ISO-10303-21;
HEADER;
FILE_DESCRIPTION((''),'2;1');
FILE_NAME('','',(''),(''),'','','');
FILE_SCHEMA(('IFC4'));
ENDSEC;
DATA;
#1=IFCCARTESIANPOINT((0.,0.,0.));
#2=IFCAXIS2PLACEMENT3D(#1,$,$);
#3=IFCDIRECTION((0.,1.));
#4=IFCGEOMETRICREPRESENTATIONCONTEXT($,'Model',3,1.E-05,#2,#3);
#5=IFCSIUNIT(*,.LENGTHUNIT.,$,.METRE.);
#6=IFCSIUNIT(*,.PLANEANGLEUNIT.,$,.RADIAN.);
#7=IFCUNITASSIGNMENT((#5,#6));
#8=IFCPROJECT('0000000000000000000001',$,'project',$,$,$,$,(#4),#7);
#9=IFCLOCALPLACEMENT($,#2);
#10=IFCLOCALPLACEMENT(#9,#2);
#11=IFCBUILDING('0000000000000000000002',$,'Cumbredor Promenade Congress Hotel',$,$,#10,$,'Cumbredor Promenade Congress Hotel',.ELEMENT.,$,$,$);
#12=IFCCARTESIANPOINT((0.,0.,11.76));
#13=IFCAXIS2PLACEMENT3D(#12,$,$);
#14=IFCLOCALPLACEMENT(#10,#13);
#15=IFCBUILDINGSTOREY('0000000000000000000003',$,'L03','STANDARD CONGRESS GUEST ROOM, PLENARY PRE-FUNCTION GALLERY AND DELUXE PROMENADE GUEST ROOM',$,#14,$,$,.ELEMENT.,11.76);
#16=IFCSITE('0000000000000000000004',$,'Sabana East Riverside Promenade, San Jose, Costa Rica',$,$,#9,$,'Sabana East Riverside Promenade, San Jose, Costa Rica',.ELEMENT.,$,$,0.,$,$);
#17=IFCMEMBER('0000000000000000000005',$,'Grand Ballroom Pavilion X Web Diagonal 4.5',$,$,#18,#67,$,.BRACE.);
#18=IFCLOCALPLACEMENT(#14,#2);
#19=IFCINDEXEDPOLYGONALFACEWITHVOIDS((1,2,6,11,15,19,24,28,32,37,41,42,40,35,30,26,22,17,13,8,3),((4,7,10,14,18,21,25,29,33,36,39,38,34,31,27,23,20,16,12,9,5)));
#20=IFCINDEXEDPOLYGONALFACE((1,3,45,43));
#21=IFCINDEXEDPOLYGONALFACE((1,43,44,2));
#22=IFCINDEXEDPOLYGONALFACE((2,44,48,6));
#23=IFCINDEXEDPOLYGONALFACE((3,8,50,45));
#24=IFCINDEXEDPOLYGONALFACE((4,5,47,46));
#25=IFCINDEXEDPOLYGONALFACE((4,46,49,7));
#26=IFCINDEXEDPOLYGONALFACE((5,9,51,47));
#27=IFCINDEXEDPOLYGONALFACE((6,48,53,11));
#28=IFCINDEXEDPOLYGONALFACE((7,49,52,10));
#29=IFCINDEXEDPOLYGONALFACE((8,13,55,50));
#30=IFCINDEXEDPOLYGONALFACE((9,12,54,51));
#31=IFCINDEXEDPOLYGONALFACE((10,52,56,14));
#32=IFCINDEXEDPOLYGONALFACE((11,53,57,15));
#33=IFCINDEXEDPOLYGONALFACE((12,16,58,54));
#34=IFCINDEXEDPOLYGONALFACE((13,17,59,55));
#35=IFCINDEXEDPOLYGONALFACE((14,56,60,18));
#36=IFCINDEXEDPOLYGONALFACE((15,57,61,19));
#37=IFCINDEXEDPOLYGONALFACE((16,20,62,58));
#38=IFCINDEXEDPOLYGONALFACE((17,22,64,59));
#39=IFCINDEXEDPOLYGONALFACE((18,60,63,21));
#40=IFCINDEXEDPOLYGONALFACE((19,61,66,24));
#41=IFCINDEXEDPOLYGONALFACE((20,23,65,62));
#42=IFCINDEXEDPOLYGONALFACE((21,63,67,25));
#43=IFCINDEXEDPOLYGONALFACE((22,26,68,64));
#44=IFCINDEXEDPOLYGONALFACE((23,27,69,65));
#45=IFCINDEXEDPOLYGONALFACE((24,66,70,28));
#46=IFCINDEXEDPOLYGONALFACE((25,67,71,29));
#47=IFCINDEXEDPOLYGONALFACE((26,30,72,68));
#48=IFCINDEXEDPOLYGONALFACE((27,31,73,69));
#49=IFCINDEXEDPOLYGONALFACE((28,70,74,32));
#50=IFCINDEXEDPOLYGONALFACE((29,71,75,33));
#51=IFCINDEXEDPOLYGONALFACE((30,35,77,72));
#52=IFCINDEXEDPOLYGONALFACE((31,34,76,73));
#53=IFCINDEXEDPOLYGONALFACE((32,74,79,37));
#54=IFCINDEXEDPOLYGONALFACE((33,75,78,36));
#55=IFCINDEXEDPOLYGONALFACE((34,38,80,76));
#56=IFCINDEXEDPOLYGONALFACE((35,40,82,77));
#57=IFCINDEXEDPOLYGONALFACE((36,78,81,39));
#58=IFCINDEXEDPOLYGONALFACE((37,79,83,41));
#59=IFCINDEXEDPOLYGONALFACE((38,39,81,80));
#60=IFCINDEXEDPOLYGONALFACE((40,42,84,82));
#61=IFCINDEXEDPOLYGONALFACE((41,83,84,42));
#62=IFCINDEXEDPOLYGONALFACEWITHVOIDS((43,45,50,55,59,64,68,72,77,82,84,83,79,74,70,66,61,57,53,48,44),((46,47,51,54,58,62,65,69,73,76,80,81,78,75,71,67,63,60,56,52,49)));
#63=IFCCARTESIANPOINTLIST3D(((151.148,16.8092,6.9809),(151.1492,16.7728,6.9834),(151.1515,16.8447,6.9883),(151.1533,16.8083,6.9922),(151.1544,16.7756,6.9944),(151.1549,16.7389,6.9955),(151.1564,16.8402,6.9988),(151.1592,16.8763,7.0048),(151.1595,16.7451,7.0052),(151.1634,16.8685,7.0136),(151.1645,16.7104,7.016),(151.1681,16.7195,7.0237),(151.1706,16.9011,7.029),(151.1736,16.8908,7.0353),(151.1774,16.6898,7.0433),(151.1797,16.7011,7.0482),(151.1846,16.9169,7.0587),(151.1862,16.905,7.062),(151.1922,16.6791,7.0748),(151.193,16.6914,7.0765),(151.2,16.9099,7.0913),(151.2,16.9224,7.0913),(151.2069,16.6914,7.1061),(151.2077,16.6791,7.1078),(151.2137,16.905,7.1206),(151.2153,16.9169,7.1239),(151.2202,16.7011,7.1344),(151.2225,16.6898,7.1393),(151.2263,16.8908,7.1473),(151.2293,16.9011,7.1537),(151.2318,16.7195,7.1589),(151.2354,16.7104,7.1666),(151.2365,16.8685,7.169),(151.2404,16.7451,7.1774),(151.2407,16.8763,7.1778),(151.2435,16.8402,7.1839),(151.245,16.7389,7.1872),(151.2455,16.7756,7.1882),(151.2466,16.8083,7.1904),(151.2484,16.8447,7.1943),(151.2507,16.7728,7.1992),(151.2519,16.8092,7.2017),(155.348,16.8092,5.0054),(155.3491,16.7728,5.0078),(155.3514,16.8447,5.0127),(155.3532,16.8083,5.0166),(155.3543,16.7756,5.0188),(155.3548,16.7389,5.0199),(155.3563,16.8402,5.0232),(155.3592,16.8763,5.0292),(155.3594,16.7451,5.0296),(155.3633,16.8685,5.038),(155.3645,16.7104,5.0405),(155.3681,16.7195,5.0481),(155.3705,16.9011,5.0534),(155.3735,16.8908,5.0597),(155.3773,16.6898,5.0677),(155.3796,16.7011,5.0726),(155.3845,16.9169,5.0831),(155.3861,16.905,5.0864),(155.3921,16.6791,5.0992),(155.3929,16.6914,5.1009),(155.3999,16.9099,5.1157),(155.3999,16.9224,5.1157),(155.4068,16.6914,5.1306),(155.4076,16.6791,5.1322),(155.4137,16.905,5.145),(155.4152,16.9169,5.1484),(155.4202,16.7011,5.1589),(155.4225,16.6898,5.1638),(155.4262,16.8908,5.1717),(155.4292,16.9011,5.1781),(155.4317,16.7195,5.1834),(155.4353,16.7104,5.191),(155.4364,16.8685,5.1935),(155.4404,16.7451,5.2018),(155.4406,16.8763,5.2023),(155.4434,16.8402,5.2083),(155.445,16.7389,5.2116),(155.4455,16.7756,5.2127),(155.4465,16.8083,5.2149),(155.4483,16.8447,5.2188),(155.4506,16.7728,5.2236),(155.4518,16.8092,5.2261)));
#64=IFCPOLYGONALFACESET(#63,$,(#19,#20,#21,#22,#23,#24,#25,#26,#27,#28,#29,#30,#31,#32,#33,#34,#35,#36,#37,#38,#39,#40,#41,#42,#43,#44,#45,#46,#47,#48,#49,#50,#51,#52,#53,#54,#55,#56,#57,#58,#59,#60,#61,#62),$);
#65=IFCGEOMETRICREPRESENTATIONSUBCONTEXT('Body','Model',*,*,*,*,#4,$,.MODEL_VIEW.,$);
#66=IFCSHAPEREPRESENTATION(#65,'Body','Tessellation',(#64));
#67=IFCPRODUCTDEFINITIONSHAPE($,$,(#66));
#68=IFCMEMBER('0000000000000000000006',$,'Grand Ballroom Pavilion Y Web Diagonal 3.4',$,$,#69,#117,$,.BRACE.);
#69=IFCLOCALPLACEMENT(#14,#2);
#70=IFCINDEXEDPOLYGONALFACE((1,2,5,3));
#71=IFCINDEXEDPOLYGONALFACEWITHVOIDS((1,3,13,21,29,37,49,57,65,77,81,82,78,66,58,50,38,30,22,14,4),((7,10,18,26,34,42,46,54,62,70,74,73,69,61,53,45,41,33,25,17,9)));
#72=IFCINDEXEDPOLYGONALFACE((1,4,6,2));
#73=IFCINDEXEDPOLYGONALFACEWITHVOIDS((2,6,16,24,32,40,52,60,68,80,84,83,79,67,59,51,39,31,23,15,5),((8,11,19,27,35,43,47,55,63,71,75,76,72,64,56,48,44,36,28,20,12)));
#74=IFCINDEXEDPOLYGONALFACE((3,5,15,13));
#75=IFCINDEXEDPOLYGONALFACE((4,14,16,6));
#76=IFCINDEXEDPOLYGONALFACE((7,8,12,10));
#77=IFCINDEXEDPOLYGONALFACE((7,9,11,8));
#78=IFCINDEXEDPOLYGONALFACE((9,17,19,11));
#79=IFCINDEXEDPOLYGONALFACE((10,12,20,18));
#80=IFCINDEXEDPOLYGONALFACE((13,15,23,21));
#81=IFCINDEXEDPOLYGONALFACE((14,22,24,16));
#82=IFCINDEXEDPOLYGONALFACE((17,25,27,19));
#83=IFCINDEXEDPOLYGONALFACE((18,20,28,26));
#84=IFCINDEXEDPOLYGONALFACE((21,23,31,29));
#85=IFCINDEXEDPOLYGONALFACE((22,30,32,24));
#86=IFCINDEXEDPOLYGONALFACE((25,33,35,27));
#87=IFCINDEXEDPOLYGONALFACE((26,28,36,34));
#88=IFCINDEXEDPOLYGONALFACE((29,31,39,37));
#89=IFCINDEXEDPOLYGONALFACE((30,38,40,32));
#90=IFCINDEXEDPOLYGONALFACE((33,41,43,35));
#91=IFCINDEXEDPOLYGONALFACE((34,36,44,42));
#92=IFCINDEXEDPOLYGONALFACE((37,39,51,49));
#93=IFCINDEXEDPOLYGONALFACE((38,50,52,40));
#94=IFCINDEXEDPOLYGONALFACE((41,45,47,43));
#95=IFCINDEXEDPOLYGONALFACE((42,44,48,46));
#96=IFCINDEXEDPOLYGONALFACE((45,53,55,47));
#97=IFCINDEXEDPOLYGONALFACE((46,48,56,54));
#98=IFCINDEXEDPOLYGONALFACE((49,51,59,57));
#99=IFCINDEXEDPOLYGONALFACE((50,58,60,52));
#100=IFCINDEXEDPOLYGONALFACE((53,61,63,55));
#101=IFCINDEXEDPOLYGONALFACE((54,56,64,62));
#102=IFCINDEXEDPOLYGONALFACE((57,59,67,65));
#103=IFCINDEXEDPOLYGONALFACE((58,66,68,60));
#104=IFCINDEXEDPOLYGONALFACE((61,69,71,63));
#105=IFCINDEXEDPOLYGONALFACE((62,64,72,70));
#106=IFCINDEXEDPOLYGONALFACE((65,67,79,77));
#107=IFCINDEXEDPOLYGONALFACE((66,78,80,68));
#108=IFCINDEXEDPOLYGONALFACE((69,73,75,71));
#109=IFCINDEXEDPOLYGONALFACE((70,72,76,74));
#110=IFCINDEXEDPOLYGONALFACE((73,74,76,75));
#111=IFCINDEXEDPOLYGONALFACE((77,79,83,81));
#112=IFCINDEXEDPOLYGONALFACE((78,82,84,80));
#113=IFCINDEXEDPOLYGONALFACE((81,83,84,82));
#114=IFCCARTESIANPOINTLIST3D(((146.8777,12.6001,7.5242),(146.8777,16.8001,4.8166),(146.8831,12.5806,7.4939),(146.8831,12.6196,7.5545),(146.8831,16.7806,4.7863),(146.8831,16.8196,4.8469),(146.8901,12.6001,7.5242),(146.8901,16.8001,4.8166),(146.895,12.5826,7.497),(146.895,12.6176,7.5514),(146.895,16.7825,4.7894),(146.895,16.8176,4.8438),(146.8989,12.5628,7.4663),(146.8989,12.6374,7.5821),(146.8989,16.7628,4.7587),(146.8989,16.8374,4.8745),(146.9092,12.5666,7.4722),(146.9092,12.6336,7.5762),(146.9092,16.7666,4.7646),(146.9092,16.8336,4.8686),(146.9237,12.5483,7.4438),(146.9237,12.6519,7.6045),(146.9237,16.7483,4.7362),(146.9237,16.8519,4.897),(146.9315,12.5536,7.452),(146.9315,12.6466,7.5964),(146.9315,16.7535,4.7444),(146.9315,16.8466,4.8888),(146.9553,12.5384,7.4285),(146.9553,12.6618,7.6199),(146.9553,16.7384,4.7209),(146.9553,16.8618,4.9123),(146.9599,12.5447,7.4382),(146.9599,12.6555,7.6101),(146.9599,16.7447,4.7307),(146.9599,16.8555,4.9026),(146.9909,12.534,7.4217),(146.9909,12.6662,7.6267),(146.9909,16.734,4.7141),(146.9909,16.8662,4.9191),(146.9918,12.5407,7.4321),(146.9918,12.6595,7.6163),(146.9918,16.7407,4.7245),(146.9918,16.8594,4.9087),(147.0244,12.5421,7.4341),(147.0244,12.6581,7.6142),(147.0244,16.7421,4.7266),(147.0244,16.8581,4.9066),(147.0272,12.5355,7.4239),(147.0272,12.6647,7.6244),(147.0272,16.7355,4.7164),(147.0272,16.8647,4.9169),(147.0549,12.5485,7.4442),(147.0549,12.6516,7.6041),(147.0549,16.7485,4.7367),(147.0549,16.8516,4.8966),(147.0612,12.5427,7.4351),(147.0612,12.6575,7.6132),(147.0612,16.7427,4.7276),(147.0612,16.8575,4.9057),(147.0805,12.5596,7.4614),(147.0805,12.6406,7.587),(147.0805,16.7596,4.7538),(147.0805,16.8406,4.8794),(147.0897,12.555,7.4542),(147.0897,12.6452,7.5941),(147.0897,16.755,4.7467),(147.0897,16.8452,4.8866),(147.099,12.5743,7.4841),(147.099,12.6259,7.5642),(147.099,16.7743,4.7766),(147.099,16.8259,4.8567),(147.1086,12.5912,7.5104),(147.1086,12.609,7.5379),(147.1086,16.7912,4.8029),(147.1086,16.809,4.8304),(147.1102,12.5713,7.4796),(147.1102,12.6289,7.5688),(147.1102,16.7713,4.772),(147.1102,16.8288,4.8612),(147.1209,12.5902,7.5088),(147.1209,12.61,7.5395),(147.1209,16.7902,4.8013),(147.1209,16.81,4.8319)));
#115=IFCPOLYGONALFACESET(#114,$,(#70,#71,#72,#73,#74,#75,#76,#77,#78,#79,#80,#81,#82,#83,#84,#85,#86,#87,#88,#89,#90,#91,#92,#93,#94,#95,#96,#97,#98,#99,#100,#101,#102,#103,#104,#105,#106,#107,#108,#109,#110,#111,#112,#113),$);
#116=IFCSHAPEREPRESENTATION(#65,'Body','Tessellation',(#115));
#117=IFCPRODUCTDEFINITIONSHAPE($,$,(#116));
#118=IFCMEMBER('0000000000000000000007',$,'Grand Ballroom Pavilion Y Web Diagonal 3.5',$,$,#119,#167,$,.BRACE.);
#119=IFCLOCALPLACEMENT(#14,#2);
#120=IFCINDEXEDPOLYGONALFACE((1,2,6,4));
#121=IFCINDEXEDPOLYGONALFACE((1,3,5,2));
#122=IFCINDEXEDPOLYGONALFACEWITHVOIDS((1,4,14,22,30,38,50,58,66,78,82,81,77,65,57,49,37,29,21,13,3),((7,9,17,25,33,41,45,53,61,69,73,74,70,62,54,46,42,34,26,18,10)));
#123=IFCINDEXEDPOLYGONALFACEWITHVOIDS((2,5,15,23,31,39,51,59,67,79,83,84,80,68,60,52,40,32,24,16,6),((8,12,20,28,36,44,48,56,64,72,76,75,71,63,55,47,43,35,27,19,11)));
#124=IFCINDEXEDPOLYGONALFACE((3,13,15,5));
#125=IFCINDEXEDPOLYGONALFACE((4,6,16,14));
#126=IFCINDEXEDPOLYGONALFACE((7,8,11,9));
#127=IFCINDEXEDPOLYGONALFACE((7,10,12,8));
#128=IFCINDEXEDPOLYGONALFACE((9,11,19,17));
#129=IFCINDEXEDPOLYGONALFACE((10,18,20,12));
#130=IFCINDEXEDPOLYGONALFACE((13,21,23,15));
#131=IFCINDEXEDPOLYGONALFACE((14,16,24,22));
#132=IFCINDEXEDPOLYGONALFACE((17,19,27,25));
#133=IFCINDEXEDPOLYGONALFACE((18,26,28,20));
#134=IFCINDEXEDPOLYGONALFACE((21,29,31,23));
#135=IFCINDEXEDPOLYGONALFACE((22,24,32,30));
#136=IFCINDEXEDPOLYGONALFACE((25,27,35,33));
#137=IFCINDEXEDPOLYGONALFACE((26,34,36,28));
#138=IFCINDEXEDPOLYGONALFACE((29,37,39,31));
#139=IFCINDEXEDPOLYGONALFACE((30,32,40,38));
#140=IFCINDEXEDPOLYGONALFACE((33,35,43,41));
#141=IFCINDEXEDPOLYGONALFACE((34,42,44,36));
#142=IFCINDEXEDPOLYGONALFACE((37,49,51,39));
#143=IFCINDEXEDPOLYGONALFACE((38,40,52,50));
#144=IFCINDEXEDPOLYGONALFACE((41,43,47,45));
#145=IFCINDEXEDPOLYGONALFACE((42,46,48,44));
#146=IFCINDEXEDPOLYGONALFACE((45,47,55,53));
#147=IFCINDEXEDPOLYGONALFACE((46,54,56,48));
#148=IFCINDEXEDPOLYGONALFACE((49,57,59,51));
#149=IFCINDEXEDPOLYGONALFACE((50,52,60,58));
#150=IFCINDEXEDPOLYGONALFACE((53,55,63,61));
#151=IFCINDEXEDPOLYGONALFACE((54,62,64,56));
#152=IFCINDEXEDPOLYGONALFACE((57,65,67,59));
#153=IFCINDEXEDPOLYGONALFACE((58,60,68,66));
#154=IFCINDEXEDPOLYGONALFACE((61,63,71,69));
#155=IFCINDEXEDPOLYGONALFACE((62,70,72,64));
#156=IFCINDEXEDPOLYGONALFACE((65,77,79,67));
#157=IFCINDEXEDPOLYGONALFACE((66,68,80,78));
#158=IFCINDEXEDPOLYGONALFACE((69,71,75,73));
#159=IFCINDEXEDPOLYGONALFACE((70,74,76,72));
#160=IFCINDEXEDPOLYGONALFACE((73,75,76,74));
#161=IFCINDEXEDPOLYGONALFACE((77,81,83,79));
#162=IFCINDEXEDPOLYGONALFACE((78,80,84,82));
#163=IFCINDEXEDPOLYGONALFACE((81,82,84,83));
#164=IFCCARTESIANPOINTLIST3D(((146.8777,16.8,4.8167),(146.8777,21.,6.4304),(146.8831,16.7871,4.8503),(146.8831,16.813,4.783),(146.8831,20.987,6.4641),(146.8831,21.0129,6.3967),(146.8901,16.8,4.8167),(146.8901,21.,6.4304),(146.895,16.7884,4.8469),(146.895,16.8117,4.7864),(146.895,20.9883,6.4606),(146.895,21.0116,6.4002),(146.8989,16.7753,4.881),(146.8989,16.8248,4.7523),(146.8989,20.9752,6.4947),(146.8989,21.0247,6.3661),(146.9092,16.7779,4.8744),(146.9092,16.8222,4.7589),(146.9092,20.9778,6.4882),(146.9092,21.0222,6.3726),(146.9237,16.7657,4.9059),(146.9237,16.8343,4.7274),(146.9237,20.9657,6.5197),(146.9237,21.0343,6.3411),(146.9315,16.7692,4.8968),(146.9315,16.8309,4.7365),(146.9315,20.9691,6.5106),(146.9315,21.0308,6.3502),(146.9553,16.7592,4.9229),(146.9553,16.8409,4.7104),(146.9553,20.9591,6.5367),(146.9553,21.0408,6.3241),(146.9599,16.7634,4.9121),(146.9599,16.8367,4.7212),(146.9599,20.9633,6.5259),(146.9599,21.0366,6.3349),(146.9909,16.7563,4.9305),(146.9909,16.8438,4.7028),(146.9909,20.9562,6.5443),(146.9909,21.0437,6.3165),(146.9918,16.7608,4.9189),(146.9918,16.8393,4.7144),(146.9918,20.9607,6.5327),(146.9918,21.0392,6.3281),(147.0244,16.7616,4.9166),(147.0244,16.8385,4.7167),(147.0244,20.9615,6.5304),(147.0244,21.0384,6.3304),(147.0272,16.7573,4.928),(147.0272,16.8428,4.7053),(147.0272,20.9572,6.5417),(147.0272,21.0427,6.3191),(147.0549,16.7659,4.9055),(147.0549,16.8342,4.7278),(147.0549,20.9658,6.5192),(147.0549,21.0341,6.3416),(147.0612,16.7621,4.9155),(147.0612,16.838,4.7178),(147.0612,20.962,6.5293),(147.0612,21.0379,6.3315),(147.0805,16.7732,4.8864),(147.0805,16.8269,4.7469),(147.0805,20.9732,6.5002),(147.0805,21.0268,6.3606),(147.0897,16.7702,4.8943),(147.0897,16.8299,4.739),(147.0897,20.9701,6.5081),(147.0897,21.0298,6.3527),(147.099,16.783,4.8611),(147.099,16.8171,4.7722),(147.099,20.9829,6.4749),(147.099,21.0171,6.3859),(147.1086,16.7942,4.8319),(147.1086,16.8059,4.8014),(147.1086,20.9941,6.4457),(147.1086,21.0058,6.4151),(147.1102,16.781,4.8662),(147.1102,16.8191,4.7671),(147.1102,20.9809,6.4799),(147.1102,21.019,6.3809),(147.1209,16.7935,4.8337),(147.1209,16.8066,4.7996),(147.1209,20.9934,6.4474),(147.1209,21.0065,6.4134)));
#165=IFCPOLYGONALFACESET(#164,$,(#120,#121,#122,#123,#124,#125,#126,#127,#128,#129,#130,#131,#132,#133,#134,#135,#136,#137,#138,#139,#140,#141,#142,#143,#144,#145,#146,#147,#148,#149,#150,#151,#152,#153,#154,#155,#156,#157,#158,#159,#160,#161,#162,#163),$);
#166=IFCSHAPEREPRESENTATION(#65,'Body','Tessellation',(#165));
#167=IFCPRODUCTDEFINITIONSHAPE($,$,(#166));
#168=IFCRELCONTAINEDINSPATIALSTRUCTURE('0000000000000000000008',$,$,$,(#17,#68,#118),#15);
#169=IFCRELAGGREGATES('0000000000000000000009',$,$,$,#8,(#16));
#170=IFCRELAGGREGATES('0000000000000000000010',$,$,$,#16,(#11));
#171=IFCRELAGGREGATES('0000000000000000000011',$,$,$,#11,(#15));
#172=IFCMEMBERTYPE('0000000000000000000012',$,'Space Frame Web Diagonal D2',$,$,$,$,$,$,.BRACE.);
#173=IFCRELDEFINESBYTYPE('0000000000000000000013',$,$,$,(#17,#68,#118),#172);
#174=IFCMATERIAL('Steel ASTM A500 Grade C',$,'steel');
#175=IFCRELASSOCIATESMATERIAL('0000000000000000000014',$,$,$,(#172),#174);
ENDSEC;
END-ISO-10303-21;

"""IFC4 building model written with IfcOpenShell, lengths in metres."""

from ifc_helpers import new_model, si_unit, direction, frame, origin, origin_2d, place, context, subcontext, project, spatial, hollow_circle, extrude, material, material_profile, profile_set, type_object, element, save


model = new_model("IFC4")

# Units and contexts
model_context = context("Model", 3, precision=1e-05, world=origin(), true_north=direction((0.0, 1.0)))
body_context = subcontext(model_context, "Body", "Model", "MODEL_VIEW")
ifc_project = project(units=[si_unit("LENGTHUNIT", "METRE"), si_unit("PLANEANGLEUNIT", "RADIAN")], contexts=[model_context])

# Site, building, storey
site_placement = place(None, origin())
site = spatial("IfcSite", under=ifc_project, at=site_placement, Name="Sabana East Riverside Promenade, San Jose, Costa Rica", LongName="Sabana East Riverside Promenade, San Jose, Costa Rica", CompositionType="ELEMENT", RefElevation=0.0)
building_placement = place(site_placement, origin())
building = spatial("IfcBuilding", under=site, at=building_placement, Name="Cumbredor Promenade Congress Hotel", LongName="Cumbredor Promenade Congress Hotel", CompositionType="ELEMENT")
storey_placement = place(building_placement, frame((0.0, 0.0, 11.76)))
storey = spatial("IfcBuildingStorey", under=building, at=storey_placement, Name="L03", Description="STANDARD CONGRESS GUEST ROOM, PLENARY PRE-FUNCTION GALLERY AND DELUXE PROMENADE GUEST ROOM", CompositionType="ELEMENT", Elevation=11.76)

# Members
ifc_material_1 = material(Name="Steel ASTM A500 Grade C", Category="steel")
ifc_material_profile_1 = material_profile(ifc_material_1, hollow_circle(Radius=0.1223, WallThickness=0.0125, at=origin_2d()), Name="CHS 244.5x12.5")
ifc_profile_set_1 = profile_set([ifc_material_profile_1], Name="Steel ASTM A500 Grade C")
member_type_1 = type_object("IfcMemberType", Name="Space Frame Web Diagonal D2", PredefinedType="BRACE", material=ifc_profile_set_1)
member_1_placement = place(storey_placement, frame((151.2, 16.8, 7.0913), z_axis=(0.90489, 0.0, -0.425645), x_axis=(0.0, 1.0, 0.0)))
element("IfcMember", 1, at=member_1_placement, inside=storey, type_object=member_type_1, Name="Grand Ballroom Pavilion X Web Diagonal 4.5", PredefinedType="BRACE", context=body_context, shape_type="SweptSolid", body=[
    extrude(hollow_circle(Radius=0.1223, WallThickness=0.0125, at=origin_2d()), origin(), (0.0, 0.0, 1.0), 4.6414),
])
member_2_placement = place(storey_placement, frame((147.0, 12.6001, 7.5242), z_axis=(0.0, 0.84049, -0.541826), x_axis=(-1.0, 0.0, 0.0)))
element("IfcMember", 2, at=member_2_placement, inside=storey, type_object=member_type_1, Name="Grand Ballroom Pavilion Y Web Diagonal 3.4", PredefinedType="BRACE", context=body_context, shape_type="SweptSolid", body=[
    extrude(hollow_circle(Radius=0.1223, WallThickness=0.0125, at=origin_2d()), origin(), (0.0, 0.0, 1.0), 4.9971),
])
member_3_placement = place(storey_placement, frame((147.0, 16.8, 4.8167), z_axis=(0.0, 0.933464, 0.35867), x_axis=(-1.0, 0.0, 0.0)))
element("IfcMember", 3, at=member_3_placement, inside=storey, type_object=member_type_1, Name="Grand Ballroom Pavilion Y Web Diagonal 3.5", PredefinedType="BRACE", context=body_context, shape_type="SweptSolid", body=[
    extrude(hollow_circle(Radius=0.1223, WallThickness=0.0125, at=origin_2d()), origin(), (0.0, 0.0, 1.0), 4.4993),
])

save(model, "model.ifc")
